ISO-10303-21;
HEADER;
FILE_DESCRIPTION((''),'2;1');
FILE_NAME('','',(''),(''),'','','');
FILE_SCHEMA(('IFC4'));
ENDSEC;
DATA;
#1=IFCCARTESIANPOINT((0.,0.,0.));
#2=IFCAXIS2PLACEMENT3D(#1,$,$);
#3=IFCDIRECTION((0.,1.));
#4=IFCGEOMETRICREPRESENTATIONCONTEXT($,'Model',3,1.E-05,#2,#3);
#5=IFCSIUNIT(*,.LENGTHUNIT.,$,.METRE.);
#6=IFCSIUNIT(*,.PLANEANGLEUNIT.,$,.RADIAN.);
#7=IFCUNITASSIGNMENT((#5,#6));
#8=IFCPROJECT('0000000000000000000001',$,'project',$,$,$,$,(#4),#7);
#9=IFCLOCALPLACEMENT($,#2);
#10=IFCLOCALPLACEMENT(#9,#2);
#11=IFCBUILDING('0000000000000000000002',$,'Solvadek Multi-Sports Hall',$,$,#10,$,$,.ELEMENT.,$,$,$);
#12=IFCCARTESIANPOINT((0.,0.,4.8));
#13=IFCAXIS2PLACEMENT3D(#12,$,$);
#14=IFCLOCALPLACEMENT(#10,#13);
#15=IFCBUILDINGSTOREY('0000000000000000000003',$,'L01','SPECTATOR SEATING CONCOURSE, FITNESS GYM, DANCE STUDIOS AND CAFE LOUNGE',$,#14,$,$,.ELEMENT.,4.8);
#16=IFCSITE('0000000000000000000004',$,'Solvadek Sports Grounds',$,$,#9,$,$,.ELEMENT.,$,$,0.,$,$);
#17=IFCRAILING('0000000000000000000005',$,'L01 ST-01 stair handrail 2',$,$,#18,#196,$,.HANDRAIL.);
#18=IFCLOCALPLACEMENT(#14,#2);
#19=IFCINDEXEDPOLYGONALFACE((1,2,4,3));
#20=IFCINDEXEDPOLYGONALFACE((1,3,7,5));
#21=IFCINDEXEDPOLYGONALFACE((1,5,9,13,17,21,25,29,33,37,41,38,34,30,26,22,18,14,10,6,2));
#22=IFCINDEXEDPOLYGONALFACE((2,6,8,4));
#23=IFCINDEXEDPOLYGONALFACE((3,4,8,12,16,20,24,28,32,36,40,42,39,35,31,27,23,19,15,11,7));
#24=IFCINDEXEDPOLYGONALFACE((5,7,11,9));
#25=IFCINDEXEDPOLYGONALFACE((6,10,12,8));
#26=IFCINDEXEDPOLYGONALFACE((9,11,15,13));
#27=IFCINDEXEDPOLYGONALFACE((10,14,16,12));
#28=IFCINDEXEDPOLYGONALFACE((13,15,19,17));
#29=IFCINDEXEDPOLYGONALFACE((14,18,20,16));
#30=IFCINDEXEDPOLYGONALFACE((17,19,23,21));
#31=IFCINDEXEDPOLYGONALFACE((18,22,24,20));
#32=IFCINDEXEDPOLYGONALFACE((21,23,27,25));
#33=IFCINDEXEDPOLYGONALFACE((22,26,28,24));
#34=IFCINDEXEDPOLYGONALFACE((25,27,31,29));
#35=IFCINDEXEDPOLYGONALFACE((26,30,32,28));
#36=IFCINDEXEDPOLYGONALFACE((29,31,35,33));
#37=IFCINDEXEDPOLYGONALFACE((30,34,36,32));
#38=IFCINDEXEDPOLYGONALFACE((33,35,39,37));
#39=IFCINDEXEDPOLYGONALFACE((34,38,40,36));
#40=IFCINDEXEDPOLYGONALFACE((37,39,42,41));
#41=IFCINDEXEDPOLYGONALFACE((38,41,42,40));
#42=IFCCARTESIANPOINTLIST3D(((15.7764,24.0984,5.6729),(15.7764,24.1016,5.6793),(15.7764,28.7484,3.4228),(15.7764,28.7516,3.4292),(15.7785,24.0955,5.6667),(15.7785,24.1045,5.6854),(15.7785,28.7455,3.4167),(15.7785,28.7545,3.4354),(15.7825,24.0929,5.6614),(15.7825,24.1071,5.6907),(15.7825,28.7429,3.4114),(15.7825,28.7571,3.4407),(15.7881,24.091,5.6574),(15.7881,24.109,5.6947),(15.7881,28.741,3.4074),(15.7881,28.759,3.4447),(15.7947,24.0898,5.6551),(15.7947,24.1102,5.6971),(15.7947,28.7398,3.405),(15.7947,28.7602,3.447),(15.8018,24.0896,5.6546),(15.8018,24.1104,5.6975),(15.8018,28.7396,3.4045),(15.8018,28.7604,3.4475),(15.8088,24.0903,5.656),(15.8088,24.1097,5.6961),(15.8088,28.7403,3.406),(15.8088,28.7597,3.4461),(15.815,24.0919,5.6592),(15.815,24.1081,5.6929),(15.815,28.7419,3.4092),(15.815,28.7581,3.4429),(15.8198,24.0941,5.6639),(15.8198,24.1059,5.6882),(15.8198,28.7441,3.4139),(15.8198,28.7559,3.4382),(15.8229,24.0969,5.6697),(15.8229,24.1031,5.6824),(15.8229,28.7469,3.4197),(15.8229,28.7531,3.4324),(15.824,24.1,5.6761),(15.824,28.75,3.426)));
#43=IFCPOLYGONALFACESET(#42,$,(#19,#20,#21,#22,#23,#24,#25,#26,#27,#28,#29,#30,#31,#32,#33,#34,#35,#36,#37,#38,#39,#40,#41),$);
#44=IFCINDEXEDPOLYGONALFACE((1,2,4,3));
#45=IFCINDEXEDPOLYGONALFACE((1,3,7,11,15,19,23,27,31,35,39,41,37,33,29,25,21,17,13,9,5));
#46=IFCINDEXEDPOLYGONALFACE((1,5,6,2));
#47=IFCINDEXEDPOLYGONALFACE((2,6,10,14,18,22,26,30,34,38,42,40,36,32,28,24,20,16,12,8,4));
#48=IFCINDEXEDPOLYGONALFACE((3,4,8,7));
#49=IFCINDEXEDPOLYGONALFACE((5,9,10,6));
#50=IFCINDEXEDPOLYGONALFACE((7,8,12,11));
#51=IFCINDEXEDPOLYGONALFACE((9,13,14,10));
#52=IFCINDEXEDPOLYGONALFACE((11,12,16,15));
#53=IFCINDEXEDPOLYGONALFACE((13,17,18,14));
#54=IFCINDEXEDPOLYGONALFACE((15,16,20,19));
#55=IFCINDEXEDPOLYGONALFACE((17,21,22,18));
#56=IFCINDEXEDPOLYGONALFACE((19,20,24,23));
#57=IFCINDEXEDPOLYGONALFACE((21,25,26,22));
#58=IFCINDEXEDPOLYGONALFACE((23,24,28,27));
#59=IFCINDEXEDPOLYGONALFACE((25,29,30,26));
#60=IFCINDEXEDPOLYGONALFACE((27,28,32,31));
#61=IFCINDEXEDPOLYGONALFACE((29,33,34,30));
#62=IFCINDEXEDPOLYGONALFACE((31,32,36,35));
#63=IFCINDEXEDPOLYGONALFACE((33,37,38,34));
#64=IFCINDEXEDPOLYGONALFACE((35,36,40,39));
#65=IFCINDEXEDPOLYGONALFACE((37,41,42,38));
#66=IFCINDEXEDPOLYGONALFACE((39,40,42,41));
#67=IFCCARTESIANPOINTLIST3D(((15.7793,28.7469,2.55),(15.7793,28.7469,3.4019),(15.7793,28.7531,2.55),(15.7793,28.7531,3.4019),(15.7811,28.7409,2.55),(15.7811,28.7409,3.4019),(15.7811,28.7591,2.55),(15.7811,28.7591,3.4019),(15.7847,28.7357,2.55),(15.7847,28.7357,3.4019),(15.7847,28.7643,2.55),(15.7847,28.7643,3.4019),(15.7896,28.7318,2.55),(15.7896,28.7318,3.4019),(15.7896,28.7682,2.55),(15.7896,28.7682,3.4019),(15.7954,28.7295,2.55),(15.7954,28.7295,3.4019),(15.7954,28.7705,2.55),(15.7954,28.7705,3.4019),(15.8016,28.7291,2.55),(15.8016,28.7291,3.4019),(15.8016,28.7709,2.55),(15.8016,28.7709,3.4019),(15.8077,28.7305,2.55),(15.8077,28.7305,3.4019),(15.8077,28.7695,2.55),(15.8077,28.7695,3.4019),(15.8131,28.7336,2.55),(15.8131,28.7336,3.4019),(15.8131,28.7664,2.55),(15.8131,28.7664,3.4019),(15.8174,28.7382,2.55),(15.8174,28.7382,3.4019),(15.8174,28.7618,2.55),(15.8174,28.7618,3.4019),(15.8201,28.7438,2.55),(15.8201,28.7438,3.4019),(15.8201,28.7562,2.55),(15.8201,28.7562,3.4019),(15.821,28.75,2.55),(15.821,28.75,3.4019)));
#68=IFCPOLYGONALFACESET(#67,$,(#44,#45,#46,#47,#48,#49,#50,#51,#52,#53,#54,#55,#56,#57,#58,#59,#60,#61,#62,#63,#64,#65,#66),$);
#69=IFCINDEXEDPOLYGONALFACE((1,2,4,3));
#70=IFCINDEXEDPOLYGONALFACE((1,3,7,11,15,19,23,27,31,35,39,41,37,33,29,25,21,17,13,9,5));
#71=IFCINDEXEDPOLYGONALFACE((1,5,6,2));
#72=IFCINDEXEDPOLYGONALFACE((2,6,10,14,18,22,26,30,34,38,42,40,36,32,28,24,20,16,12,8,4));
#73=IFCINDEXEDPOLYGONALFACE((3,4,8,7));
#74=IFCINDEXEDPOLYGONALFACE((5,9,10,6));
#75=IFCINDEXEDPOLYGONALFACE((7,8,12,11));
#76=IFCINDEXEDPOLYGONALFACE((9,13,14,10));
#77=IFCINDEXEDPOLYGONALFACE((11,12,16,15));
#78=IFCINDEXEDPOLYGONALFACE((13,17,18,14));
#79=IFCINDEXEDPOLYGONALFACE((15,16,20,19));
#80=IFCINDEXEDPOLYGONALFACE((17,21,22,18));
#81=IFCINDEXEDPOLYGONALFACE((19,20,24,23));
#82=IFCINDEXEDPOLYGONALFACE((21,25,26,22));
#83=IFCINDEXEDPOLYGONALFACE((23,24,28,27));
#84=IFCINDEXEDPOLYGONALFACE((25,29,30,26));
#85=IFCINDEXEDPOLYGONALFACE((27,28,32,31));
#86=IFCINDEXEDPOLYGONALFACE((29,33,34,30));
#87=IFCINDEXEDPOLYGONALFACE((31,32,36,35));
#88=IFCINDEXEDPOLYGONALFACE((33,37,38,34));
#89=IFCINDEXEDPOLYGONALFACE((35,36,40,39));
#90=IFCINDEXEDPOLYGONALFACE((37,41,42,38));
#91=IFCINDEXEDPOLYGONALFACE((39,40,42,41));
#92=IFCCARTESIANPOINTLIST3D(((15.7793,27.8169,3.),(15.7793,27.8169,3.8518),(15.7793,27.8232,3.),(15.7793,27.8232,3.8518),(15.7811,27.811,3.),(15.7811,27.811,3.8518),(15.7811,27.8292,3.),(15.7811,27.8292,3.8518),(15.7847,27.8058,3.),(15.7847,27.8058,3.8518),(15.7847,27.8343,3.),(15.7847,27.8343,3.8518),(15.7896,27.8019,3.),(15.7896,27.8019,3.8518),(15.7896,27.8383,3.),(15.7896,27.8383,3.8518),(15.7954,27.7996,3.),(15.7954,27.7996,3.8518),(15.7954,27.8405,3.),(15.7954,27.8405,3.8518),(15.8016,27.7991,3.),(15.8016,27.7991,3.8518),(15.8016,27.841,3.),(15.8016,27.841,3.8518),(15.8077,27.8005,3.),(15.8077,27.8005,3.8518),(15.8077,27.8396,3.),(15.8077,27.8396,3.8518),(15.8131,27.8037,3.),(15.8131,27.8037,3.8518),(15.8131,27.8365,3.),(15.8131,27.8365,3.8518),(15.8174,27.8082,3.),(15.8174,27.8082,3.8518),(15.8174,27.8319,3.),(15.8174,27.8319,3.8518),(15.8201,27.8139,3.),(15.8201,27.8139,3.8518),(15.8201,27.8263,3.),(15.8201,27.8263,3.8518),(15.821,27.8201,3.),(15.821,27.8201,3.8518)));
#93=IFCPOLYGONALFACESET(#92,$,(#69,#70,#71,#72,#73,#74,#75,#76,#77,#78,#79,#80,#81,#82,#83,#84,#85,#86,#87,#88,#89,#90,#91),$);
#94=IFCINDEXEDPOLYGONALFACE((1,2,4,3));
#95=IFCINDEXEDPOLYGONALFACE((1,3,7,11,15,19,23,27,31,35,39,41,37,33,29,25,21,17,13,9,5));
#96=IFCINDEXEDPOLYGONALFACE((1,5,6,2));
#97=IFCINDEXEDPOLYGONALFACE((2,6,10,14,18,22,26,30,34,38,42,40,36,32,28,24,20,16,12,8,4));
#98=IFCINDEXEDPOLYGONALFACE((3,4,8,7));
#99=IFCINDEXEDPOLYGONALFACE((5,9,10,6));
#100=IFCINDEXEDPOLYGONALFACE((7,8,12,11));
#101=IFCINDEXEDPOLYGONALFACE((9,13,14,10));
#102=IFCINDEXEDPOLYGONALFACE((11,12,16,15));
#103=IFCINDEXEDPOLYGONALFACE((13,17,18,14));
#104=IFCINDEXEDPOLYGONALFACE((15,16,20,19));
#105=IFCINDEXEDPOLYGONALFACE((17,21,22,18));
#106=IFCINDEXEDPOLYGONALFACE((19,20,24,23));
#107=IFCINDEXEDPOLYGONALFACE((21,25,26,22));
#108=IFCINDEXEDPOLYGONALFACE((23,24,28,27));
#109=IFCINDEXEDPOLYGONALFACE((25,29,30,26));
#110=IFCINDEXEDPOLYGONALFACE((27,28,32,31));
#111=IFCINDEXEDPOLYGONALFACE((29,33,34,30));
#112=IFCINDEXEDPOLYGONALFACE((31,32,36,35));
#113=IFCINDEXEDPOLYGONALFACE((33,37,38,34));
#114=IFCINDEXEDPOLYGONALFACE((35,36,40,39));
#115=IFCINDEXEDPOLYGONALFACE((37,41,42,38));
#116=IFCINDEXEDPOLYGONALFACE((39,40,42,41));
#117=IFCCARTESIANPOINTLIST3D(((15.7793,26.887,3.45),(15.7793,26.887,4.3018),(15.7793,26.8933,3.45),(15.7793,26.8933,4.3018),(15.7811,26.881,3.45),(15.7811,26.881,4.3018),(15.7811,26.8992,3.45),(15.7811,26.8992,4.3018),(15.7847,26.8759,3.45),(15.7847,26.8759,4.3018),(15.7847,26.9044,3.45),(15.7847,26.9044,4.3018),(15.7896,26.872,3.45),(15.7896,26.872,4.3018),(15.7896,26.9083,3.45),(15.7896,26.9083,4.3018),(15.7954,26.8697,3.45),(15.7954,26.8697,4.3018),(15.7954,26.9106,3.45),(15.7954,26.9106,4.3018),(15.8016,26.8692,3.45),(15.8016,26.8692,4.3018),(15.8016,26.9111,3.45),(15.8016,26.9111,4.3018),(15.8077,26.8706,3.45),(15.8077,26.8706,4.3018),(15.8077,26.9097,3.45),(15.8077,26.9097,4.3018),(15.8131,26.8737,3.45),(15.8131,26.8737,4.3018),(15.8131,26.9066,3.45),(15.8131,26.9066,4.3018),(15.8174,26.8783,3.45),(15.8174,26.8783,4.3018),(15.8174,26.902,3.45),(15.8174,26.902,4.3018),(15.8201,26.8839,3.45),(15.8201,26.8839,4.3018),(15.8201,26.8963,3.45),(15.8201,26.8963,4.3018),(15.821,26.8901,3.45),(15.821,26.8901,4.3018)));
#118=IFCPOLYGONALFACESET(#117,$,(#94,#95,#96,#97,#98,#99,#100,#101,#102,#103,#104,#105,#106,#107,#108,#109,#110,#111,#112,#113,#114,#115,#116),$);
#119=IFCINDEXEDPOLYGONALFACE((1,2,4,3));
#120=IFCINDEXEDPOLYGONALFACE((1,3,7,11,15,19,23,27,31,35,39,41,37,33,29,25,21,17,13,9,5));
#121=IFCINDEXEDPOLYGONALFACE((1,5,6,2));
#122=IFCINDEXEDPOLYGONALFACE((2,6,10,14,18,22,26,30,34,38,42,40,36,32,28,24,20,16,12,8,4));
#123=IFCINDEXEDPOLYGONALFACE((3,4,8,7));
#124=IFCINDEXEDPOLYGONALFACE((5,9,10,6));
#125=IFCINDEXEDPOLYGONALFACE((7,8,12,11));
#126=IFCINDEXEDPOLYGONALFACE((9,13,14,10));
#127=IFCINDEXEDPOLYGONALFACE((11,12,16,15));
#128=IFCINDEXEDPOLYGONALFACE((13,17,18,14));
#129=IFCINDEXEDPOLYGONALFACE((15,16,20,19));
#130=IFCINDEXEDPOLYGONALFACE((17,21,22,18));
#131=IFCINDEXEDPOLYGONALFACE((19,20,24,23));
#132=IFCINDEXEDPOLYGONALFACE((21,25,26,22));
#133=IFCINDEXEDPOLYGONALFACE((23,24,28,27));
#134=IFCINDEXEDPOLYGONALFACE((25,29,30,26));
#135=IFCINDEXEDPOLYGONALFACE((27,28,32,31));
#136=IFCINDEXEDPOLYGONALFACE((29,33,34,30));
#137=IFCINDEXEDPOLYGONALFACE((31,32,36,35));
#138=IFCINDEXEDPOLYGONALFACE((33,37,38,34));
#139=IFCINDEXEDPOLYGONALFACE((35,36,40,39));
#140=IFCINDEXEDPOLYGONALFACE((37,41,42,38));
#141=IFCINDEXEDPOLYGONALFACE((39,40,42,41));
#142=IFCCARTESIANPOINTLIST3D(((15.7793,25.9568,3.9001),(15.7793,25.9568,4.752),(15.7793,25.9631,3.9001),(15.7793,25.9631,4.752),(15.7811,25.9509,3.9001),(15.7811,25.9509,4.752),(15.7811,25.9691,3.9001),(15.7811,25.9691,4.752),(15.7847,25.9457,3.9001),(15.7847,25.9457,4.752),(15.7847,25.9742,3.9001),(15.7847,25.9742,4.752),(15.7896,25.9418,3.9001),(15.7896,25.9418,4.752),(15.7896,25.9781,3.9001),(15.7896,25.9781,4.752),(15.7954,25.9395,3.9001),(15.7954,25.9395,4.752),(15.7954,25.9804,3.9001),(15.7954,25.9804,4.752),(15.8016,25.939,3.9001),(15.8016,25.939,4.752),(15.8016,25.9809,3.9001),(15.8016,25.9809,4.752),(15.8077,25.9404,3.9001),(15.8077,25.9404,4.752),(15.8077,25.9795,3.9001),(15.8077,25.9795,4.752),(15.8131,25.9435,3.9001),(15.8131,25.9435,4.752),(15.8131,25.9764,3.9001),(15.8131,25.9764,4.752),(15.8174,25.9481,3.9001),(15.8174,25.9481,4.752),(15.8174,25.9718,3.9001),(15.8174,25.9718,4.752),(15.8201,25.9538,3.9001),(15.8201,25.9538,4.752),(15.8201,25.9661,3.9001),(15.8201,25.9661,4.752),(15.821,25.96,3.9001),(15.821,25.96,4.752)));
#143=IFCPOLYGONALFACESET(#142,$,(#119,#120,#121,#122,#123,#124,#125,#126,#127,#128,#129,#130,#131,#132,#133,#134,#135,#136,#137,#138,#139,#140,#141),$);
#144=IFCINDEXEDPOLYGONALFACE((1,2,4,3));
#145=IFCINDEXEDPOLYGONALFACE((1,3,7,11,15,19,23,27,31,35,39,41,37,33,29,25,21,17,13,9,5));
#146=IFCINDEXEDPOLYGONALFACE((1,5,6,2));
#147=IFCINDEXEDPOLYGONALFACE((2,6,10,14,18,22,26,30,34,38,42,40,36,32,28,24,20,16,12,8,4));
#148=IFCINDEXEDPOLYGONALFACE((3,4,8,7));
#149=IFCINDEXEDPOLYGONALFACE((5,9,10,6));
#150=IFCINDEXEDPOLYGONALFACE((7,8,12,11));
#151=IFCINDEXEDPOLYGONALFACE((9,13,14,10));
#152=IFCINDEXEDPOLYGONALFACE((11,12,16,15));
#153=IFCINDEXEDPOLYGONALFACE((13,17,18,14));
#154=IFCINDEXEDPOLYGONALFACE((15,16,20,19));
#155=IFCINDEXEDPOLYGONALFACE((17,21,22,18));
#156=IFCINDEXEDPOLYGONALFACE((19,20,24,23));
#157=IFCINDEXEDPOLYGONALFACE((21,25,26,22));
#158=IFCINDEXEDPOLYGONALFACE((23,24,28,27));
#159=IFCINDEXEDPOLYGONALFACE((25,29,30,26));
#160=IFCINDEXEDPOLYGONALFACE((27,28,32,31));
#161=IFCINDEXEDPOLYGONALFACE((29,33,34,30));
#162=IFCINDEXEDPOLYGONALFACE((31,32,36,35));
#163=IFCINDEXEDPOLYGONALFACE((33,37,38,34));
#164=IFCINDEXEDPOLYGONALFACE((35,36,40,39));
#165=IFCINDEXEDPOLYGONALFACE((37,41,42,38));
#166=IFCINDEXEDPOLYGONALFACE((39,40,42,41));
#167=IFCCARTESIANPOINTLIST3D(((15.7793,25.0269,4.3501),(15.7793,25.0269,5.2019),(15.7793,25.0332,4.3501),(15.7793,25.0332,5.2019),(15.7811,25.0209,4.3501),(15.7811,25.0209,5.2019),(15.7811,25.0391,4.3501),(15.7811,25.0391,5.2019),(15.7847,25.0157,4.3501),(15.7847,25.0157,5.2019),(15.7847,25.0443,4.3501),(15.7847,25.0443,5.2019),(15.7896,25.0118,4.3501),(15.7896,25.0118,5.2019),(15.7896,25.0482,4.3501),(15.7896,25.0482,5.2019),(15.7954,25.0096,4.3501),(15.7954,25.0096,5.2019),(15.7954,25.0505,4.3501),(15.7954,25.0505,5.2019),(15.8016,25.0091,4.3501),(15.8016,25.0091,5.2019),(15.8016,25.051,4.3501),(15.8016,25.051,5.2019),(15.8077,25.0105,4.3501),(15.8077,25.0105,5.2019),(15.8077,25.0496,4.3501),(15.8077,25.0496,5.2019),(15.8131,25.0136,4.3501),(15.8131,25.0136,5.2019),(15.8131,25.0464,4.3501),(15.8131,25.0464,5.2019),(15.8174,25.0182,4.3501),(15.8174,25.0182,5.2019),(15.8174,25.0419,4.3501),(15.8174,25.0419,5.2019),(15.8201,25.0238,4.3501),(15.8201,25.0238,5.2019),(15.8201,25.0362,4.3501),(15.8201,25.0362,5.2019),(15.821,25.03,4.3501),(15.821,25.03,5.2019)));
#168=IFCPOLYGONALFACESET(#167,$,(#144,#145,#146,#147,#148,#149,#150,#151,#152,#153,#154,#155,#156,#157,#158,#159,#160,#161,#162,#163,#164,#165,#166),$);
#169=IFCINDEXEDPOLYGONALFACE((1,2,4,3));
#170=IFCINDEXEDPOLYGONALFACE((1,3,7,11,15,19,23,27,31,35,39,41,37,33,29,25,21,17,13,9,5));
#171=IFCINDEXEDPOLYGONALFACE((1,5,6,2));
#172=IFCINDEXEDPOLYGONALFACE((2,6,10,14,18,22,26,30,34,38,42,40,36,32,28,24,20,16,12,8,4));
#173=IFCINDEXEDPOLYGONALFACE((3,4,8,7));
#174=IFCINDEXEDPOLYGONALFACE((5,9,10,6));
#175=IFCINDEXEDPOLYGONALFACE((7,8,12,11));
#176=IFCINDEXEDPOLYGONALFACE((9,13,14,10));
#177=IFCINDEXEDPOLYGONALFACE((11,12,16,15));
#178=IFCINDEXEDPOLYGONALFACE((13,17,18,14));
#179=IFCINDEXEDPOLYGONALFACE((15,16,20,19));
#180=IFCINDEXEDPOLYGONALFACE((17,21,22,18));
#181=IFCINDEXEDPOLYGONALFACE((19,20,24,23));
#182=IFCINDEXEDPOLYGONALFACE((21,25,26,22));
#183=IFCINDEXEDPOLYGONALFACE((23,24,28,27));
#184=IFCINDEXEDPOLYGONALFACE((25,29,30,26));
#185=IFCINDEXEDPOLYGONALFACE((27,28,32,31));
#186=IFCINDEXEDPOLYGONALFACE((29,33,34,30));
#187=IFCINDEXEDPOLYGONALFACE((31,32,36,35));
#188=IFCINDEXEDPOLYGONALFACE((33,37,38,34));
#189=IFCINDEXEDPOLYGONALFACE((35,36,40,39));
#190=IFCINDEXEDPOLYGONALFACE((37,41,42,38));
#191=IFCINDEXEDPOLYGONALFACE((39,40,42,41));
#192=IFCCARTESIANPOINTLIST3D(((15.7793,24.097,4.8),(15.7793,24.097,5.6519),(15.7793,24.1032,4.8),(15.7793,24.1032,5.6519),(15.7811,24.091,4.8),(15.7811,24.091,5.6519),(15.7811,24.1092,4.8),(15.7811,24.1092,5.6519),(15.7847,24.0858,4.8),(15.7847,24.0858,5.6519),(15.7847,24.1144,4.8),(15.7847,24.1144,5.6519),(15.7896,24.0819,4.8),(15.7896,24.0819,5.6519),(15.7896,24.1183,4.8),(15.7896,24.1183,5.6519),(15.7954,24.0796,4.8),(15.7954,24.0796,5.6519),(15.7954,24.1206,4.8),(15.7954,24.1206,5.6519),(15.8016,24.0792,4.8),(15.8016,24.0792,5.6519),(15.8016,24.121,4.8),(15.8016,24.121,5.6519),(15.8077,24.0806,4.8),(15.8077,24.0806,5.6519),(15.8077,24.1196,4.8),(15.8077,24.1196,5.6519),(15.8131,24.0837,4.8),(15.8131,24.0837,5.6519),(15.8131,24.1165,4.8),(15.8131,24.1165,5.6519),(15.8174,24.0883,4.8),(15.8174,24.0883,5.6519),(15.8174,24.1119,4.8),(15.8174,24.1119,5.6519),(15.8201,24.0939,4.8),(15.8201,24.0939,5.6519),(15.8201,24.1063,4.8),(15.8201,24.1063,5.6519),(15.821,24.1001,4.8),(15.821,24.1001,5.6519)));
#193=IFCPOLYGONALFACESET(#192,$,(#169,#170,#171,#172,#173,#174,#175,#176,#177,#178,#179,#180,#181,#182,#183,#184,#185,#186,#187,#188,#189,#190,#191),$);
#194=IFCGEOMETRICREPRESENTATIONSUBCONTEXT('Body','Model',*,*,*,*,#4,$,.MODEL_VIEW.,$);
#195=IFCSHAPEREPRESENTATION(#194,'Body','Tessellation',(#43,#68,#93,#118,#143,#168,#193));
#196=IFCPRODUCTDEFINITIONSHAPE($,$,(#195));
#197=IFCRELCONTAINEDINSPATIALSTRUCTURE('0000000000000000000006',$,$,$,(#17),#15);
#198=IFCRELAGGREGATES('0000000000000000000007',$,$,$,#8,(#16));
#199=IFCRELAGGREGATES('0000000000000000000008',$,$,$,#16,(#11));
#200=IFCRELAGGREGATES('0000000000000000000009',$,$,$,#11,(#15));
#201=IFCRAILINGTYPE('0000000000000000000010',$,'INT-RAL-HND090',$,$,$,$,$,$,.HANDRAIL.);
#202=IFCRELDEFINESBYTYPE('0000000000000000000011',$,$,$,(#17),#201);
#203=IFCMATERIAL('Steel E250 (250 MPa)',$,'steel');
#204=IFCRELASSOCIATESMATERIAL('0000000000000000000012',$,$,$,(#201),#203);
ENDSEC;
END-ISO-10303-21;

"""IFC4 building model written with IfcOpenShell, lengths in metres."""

from ifc_helpers import new_model, si_unit, direction, frame, origin, origin_2d, place, context, subcontext, project, spatial, circle, extrude, material, type_object, element, save


model = new_model("IFC4")

# Units and contexts
model_context = context("Model", 3, precision=1e-05, world=origin(), true_north=direction((0.0, 1.0)))
body_context = subcontext(model_context, "Body", "Model", "MODEL_VIEW")
ifc_project = project(units=[si_unit("LENGTHUNIT", "METRE"), si_unit("PLANEANGLEUNIT", "RADIAN")], contexts=[model_context])

# Site, building, storey
site_placement = place(None, origin())
site = spatial("IfcSite", under=ifc_project, at=site_placement, Name="Solvadek Sports Grounds", CompositionType="ELEMENT", RefElevation=0.0)
building_placement = place(site_placement, origin())
building = spatial("IfcBuilding", under=site, at=building_placement, Name="Solvadek Multi-Sports Hall", CompositionType="ELEMENT")
storey_placement = place(building_placement, frame((0.0, 0.0, 4.8)))
storey = spatial("IfcBuildingStorey", under=building, at=storey_placement, Name="L01", Description="SPECTATOR SEATING CONCOURSE, FITNESS GYM, DANCE STUDIOS AND CAFE LOUNGE", CompositionType="ELEMENT", Elevation=4.8)

# Shared definitions
ifc_material_1 = material(Name="Steel E250 (250 MPa)", Category="steel")

# Railing
railing_type_1 = type_object("IfcRailingType", Name="INT-RAL-HND090", PredefinedType="HANDRAIL", material=ifc_material_1)
railing_1_placement = place(storey_placement, frame((15.8, 28.75, 2.55)))
element("IfcRailing", 1, at=railing_1_placement, inside=storey, type_object=railing_type_1, Name="L01 ST-01 stair handrail 2", PredefinedType="HANDRAIL", context=body_context, shape_type="SweptSolid", body=[
    extrude(circle(Radius=0.0239, at=origin_2d()), frame((0.0, 0.0, 0.876), z_axis=(0.0, -0.900156, 0.435568), x_axis=(1.0, 0.0, 0.0)), (0.0, 0.0, 1.0), 5.1658),
    extrude(circle(Radius=0.021, at=origin_2d()), origin(), (0.0, 0.0, 1.0), 0.8518),
    extrude(circle(Radius=0.021, at=origin_2d()), frame((0.0, -0.9299, 0.45)), (0.0, 0.0, 1.0), 0.8518),
    extrude(circle(Radius=0.021, at=origin_2d()), frame((0.0, -1.8599, 0.8999)), (0.0, 0.0, 1.0), 0.8518),
    extrude(circle(Radius=0.021, at=origin_2d()), frame((0.0, -2.79, 1.3501)), (0.0, 0.0, 1.0), 0.8518),
    extrude(circle(Radius=0.021, at=origin_2d()), frame((0.0, -3.72, 1.8)), (0.0, 0.0, 1.0), 0.8518),
    extrude(circle(Radius=0.021, at=origin_2d()), frame((0.0, -4.6499, 2.25)), (0.0, 0.0, 1.0), 0.8518),
])

save(model, "model.ifc")
